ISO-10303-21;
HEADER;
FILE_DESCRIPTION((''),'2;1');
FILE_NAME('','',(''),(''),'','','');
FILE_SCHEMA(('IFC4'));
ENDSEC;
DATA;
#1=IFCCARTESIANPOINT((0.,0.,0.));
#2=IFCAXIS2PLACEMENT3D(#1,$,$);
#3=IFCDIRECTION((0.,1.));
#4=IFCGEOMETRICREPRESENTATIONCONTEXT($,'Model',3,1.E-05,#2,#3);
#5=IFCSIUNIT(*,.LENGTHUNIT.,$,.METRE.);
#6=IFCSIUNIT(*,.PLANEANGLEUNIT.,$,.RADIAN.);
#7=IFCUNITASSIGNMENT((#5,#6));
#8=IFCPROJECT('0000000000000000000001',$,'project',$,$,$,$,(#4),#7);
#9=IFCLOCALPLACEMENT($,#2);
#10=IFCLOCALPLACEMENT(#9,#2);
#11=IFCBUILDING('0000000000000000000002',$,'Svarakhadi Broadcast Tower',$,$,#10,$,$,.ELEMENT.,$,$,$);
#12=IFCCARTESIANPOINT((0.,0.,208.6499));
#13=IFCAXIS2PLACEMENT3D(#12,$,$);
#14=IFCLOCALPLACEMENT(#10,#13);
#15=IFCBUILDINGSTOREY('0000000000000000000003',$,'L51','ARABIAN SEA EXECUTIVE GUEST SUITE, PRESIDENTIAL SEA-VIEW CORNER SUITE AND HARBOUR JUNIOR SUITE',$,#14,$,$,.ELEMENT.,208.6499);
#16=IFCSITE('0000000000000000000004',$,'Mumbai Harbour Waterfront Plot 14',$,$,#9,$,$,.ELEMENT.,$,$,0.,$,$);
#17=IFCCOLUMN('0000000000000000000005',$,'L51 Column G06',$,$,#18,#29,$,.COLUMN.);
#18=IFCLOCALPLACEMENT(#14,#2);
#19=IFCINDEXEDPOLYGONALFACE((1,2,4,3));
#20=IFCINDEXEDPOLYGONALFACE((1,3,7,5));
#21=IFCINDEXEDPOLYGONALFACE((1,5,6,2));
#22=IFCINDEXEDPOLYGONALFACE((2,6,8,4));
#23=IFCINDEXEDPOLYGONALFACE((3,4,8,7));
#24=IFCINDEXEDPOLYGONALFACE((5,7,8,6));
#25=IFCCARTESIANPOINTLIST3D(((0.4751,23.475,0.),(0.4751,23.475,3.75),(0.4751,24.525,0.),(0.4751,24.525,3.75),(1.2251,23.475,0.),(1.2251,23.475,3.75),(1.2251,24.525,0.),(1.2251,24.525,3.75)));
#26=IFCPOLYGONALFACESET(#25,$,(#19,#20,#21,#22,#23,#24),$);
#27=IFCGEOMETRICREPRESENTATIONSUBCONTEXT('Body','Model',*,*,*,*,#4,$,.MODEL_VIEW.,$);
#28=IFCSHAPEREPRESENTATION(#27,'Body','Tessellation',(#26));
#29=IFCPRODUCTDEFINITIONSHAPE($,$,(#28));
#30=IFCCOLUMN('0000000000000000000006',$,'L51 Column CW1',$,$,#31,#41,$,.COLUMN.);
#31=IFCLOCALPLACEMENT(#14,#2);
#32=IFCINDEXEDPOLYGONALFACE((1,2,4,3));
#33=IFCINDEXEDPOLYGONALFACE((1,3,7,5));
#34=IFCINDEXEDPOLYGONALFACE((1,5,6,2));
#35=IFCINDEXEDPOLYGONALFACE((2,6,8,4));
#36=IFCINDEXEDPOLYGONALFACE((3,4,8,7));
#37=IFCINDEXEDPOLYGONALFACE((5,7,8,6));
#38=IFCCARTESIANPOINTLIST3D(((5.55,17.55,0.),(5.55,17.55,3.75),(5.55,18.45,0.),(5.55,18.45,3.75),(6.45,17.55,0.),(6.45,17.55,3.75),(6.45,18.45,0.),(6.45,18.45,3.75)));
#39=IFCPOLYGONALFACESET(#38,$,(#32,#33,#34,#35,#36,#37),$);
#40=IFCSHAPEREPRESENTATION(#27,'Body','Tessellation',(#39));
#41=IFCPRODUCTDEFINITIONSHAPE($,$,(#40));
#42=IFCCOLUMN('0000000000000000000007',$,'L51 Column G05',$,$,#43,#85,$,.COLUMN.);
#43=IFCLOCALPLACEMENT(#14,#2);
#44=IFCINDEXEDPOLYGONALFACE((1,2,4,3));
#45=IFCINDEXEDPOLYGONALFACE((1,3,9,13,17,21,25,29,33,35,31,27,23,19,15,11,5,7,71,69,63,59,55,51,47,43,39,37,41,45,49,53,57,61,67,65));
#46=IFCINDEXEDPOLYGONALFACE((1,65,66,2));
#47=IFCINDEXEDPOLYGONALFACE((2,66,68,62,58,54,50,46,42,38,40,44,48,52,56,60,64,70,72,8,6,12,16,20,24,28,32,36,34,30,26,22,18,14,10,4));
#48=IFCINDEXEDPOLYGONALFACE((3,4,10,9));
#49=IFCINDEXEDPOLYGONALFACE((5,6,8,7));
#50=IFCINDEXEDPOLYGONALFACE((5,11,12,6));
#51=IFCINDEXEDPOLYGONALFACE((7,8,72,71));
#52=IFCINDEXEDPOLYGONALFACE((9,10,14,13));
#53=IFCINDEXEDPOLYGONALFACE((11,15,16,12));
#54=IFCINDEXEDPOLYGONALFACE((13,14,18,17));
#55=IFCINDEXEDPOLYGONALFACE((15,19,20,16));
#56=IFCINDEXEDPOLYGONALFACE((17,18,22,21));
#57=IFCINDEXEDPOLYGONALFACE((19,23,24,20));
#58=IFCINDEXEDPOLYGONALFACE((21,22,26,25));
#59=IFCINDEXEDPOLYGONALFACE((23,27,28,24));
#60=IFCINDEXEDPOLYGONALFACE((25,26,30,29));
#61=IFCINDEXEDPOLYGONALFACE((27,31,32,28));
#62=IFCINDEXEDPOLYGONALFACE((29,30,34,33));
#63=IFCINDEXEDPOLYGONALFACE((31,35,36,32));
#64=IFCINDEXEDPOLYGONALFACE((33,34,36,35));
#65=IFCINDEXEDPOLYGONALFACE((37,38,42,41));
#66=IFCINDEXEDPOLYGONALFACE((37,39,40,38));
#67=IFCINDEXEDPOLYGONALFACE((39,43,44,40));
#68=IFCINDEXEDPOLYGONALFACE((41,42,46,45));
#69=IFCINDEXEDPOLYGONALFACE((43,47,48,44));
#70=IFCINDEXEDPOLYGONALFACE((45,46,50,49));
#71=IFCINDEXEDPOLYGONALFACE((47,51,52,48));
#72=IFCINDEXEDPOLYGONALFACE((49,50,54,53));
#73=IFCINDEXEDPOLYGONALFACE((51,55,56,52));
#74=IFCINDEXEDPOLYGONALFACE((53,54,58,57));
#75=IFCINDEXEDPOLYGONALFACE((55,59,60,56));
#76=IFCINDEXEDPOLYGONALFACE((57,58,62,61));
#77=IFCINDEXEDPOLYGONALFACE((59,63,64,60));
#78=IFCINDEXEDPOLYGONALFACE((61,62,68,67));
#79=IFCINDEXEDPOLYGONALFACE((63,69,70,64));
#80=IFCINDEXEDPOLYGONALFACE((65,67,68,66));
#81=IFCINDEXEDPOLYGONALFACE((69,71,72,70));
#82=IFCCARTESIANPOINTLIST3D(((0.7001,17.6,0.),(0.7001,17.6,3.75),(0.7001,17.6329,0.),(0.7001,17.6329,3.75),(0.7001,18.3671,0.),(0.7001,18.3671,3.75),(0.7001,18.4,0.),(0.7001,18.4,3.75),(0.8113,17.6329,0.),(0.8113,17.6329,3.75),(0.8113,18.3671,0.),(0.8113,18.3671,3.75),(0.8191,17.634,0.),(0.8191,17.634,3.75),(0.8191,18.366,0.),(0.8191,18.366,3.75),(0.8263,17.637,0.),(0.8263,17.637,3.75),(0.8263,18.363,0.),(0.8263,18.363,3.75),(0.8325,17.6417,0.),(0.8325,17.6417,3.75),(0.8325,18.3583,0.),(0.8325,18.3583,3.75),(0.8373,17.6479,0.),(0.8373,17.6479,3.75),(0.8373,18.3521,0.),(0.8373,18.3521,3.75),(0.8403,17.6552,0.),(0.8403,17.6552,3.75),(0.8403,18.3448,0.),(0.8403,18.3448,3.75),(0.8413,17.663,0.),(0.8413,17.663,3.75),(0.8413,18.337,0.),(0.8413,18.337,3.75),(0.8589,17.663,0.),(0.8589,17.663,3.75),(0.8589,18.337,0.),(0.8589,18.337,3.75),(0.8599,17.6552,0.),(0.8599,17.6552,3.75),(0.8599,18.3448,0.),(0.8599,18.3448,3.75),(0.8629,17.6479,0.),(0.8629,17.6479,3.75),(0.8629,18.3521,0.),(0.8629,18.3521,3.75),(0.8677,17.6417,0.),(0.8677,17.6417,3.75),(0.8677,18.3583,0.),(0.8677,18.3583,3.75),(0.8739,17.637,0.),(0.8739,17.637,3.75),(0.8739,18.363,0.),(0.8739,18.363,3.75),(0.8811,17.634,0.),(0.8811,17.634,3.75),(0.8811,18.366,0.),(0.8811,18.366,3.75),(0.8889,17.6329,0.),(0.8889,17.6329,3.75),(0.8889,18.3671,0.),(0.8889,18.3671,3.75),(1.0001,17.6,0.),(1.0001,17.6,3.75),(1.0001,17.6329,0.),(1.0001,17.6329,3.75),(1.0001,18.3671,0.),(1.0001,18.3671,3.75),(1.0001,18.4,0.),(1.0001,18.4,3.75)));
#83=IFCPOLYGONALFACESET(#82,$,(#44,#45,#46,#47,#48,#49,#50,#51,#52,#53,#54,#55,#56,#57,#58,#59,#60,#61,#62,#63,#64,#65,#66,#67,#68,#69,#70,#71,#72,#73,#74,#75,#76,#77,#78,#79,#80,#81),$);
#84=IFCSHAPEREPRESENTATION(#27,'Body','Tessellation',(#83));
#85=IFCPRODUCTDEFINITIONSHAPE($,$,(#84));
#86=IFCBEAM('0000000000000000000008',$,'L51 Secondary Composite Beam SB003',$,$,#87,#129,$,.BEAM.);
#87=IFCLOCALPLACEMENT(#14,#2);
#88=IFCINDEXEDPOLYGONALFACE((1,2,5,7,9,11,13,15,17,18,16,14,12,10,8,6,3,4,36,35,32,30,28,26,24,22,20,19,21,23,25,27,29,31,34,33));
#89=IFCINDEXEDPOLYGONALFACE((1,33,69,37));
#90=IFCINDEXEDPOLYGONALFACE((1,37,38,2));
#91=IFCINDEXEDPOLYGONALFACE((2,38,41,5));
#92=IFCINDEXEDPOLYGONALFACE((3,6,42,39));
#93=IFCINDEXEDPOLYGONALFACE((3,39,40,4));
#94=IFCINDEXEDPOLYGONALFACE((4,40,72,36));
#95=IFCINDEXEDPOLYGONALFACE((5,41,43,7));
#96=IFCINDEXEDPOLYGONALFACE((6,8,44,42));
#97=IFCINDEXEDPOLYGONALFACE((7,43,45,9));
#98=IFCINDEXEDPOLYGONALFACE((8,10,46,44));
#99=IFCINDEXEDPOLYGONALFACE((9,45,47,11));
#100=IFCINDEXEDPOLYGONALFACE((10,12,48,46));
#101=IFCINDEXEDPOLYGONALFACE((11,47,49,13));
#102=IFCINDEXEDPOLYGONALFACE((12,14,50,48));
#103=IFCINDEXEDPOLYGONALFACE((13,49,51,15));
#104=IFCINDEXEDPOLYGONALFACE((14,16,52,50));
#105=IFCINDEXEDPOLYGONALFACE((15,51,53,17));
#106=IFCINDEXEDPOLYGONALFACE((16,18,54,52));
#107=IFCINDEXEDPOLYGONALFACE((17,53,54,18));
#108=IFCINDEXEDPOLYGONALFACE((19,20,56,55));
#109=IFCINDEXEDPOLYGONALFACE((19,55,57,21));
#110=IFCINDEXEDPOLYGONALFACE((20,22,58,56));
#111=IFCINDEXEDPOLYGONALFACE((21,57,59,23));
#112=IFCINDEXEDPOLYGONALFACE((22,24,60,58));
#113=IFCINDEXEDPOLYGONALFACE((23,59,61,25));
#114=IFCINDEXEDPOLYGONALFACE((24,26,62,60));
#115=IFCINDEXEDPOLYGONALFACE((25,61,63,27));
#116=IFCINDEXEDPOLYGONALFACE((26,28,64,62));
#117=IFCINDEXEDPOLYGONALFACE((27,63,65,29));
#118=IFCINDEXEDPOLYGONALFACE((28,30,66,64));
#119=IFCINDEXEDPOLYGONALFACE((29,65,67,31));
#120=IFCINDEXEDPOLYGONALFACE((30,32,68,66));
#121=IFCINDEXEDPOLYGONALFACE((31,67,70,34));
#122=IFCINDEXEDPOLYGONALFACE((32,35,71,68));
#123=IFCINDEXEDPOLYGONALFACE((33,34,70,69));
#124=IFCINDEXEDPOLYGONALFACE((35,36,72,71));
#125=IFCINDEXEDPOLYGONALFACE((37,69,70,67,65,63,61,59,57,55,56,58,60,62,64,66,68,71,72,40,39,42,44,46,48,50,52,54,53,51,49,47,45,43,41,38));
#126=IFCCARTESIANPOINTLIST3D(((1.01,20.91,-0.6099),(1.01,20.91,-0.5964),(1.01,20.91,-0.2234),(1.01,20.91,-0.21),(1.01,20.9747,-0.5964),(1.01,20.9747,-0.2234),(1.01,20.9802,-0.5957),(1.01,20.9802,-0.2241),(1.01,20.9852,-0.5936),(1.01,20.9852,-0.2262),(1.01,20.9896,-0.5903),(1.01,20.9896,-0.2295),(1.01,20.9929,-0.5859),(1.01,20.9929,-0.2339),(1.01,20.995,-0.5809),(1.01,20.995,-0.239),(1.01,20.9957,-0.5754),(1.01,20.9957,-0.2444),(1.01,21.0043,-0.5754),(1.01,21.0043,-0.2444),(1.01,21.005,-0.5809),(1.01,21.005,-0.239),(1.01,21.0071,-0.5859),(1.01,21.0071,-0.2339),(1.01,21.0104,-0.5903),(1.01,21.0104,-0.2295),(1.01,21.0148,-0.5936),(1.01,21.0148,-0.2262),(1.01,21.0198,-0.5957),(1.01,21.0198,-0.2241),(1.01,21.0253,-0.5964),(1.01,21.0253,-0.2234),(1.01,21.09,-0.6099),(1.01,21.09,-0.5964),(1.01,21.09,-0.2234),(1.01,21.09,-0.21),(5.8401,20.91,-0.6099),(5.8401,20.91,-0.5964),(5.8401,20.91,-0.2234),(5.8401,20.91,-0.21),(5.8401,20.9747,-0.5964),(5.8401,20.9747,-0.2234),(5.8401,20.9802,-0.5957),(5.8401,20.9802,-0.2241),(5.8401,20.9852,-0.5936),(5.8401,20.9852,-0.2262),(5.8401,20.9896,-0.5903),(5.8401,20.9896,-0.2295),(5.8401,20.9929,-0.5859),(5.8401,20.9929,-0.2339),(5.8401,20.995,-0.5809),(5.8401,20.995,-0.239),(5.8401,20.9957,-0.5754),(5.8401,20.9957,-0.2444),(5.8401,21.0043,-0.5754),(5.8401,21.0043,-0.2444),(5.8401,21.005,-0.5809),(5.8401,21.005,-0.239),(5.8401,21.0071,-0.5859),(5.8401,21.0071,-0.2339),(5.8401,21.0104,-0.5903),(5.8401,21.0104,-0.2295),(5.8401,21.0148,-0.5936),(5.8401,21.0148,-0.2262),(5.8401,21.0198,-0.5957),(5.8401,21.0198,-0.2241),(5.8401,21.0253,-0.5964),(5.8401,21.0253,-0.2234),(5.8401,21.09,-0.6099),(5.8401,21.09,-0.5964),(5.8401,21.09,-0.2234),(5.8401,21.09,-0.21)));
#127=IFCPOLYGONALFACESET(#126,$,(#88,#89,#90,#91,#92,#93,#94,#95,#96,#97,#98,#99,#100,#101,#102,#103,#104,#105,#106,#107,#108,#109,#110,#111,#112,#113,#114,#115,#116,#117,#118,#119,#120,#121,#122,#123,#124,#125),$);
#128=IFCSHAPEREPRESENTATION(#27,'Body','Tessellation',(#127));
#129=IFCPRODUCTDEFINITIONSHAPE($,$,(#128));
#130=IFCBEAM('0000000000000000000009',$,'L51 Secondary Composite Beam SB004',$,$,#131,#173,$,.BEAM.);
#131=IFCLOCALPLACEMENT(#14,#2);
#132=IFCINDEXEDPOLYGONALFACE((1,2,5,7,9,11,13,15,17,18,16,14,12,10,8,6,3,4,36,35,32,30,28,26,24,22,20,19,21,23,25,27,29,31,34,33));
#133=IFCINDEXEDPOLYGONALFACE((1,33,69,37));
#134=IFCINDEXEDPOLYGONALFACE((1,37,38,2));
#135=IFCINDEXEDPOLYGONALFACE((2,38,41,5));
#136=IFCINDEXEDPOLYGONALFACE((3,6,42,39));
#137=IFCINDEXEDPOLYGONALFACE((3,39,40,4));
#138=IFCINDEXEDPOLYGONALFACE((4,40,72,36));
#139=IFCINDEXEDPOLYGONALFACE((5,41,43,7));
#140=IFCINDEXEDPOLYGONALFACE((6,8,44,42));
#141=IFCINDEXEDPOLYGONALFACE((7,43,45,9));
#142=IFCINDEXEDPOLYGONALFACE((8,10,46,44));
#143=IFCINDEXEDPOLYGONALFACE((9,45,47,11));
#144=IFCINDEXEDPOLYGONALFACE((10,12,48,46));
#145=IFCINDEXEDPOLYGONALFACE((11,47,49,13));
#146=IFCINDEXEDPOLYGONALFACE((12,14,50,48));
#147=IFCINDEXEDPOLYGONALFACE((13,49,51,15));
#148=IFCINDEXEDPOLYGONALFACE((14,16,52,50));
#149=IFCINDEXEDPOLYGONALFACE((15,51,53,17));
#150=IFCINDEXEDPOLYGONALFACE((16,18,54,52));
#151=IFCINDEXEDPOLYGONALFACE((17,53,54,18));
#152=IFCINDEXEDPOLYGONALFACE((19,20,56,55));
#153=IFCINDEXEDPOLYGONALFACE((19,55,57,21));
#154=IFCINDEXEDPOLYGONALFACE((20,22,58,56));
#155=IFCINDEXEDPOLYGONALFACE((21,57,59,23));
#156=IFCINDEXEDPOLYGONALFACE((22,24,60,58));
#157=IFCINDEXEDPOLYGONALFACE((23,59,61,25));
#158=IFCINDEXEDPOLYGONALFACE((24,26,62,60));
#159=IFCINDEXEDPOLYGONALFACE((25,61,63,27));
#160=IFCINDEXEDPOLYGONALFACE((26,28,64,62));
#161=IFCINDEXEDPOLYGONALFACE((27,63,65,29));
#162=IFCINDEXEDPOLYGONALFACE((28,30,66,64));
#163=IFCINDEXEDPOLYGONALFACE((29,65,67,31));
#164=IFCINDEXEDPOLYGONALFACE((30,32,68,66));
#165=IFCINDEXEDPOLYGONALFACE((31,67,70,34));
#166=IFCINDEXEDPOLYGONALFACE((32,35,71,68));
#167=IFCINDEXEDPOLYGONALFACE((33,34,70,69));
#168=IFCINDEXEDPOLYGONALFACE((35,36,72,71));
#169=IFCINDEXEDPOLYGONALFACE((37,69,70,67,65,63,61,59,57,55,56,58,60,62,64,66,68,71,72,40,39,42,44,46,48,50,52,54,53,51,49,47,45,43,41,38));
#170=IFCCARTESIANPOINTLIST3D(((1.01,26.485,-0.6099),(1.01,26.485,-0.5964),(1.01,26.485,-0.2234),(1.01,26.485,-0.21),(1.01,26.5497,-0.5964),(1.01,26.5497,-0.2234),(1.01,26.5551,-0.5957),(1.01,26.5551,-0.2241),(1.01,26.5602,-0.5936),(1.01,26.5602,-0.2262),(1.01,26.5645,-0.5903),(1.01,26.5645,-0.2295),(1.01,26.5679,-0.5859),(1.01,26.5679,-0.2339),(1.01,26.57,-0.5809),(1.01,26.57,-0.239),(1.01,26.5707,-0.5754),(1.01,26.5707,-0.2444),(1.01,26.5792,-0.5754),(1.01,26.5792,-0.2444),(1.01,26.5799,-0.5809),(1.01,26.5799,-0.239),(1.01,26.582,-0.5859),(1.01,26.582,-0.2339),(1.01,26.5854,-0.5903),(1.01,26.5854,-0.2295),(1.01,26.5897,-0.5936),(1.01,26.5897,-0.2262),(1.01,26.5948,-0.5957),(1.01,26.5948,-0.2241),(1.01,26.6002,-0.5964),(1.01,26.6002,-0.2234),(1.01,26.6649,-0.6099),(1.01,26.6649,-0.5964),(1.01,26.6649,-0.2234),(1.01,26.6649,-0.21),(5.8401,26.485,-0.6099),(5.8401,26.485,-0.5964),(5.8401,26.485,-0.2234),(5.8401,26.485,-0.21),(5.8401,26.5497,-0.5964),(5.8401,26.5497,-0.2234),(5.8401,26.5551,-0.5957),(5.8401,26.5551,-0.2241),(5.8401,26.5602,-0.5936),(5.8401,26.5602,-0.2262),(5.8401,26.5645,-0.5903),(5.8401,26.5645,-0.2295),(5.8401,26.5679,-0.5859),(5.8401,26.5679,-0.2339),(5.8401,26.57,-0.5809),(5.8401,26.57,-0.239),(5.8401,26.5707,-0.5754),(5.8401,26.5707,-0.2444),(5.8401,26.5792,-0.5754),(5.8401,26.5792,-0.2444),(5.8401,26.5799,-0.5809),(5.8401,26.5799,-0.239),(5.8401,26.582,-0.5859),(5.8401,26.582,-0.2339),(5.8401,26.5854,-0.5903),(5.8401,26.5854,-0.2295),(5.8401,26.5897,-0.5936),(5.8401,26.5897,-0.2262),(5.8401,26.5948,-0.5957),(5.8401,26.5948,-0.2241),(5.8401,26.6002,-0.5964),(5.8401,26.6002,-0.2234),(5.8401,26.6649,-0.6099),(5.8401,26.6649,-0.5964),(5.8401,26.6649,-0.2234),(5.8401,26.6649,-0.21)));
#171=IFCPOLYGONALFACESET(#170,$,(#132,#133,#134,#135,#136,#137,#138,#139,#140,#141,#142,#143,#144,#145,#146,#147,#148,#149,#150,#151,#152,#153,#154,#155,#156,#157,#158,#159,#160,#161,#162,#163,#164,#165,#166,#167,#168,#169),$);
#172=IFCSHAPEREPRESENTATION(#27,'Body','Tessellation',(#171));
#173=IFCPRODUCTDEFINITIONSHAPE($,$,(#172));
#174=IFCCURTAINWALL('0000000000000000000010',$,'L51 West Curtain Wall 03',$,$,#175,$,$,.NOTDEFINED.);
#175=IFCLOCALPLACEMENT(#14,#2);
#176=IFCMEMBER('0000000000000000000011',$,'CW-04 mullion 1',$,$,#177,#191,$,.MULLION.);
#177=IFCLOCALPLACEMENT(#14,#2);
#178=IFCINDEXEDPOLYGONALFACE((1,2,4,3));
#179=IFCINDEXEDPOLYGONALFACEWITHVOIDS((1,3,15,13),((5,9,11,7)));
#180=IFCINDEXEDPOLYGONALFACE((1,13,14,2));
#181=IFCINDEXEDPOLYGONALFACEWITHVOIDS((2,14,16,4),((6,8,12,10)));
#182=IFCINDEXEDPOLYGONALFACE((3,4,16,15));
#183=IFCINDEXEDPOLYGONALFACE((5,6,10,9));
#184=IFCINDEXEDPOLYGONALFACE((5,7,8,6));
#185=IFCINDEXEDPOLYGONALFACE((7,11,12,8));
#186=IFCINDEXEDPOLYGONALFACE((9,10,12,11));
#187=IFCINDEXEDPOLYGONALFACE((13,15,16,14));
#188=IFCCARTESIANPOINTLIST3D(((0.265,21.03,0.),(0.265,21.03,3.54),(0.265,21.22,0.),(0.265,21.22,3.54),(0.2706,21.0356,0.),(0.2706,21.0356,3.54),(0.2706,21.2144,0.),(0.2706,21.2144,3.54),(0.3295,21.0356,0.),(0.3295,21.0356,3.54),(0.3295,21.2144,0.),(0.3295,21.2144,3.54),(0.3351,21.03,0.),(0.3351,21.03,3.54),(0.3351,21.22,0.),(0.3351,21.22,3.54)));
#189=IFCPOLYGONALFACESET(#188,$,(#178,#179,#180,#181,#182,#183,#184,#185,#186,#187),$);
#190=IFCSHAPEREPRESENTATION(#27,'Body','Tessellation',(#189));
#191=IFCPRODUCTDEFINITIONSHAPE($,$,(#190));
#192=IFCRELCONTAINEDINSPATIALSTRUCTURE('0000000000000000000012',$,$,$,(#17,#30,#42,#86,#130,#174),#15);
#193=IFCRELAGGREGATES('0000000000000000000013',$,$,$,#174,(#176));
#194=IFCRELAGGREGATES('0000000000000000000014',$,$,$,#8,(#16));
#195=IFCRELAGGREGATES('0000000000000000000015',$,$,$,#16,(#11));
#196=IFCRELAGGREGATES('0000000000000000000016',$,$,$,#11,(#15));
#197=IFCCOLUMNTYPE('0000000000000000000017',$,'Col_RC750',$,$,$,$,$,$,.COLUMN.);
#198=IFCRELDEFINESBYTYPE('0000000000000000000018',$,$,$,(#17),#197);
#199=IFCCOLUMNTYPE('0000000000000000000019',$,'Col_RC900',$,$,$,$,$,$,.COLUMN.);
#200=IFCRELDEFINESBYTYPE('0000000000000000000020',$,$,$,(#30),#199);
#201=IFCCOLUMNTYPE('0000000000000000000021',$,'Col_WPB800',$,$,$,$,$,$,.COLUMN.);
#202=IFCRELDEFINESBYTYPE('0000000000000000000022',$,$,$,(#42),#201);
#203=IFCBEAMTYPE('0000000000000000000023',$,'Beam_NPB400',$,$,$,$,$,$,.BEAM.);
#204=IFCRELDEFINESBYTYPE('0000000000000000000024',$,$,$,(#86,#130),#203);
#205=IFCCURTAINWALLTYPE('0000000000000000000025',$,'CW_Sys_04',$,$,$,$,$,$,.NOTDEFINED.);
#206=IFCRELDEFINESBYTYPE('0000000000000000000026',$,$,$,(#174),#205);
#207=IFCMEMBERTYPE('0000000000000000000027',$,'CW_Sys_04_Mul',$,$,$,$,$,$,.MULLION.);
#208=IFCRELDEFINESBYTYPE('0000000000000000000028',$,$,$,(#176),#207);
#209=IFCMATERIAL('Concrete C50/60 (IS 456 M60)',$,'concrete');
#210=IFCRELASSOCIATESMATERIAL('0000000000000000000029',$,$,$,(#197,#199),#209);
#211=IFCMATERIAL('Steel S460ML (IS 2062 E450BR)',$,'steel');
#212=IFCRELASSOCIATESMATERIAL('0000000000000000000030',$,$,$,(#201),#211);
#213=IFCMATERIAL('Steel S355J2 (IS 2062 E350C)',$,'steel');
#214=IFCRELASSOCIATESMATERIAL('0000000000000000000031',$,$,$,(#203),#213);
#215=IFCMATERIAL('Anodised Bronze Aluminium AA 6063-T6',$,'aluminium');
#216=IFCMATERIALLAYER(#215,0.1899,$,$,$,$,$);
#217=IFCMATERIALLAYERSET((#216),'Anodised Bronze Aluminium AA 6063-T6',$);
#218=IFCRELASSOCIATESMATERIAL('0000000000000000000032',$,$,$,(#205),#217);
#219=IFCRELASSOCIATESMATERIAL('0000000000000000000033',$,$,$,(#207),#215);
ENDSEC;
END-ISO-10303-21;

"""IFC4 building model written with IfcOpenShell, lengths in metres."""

from ifc_helpers import new_model, si_unit, direction, frame, origin, origin_2d, place, context, subcontext, project, spatial, rectangle, hollow_rectangle, i_section, extrude, material, layer, layer_set, material_profile, profile_set, type_object, element, aggregate, save


model = new_model("IFC4")

# Units and contexts
model_context = context("Model", 3, precision=1e-05, world=origin(), true_north=direction((0.0, 1.0)))
body_context = subcontext(model_context, "Body", "Model", "MODEL_VIEW")
ifc_project = project(units=[si_unit("LENGTHUNIT", "METRE"), si_unit("PLANEANGLEUNIT", "RADIAN")], contexts=[model_context])

# Site, building, storey
site_placement = place(None, origin())
site = spatial("IfcSite", under=ifc_project, at=site_placement, Name="Mumbai Harbour Waterfront Plot 14", CompositionType="ELEMENT", RefElevation=0.0)
building_placement = place(site_placement, origin())
building = spatial("IfcBuilding", under=site, at=building_placement, Name="Svarakhadi Broadcast Tower", CompositionType="ELEMENT")
storey_placement = place(building_placement, frame((0.0, 0.0, 208.6499)))
storey = spatial("IfcBuildingStorey", under=building, at=storey_placement, Name="L51", Description="ARABIAN SEA EXECUTIVE GUEST SUITE, PRESIDENTIAL SEA-VIEW CORNER SUITE AND HARBOUR JUNIOR SUITE", CompositionType="ELEMENT", Elevation=208.6499)

# Columns
ifc_material_1 = material(Name="Concrete C50/60 (IS 456 M60)", Category="concrete")
ifc_material_profile_1 = material_profile(ifc_material_1, rectangle(XDim=0.75, YDim=1.05, at=origin_2d()), Name="RC 750x1050")
ifc_profile_set_1 = profile_set([ifc_material_profile_1], Name="Concrete C50/60 (IS 456 M60)")
column_type_1 = type_object("IfcColumnType", Name="Col_RC750", PredefinedType="COLUMN", material=ifc_profile_set_1)
column_1_placement = place(storey_placement, frame((0.8501, 24.0, 0.0), z_axis=(0.0, 0.0, 1.0), x_axis=(1.0, 0.0, 0.0)))
element("IfcColumn", 1, at=column_1_placement, inside=storey, type_object=column_type_1, Name="L51 Column G06", PredefinedType="COLUMN", context=body_context, shape_type="SweptSolid", body=[
    extrude(rectangle(XDim=0.75, YDim=1.05, at=origin_2d()), origin(), (0.0, 0.0, 1.0), 3.75),
])
ifc_material_profile_2 = material_profile(ifc_material_1, rectangle(XDim=0.8999, YDim=0.8999, at=origin_2d()), Name="RC 900x900")
ifc_profile_set_2 = profile_set([ifc_material_profile_2], Name="Concrete C50/60 (IS 456 M60)")
column_type_2 = type_object("IfcColumnType", Name="Col_RC900", PredefinedType="COLUMN", material=ifc_profile_set_2)
column_2_placement = place(storey_placement, frame((6.0, 18.0, 0.0), z_axis=(0.0, 0.0, 1.0), x_axis=(1.0, 0.0, 0.0)))
element("IfcColumn", 2, at=column_2_placement, inside=storey, type_object=column_type_2, Name="L51 Column CW1", PredefinedType="COLUMN", context=body_context, shape_type="SweptSolid", body=[
    extrude(rectangle(XDim=0.8999, YDim=0.8999, at=origin_2d()), origin(), (0.0, 0.0, 1.0), 3.75),
])
ifc_material_2 = material(Name="Steel S460ML (IS 2062 E450BR)", Category="steel")
ifc_material_profile_3 = material_profile(ifc_material_2, i_section(OverallWidth=0.3, OverallDepth=0.8, WebThickness=0.0176, FlangeThickness=0.033, FilletRadius=0.03, at=origin_2d()), Name="WPB 800x300x262")
ifc_profile_set_3 = profile_set([ifc_material_profile_3], Name="Steel S460ML (IS 2062 E450BR)")
column_type_3 = type_object("IfcColumnType", Name="Col_WPB800", PredefinedType="COLUMN", material=ifc_profile_set_3)
column_3_placement = place(storey_placement, frame((0.8501, 18.0, 0.0), z_axis=(0.0, 0.0, 1.0), x_axis=(1.0, 0.0, 0.0)))
element("IfcColumn", 3, at=column_3_placement, inside=storey, type_object=column_type_3, Name="L51 Column G05", PredefinedType="COLUMN", context=body_context, shape_type="SweptSolid", body=[
    extrude(i_section(OverallWidth=0.3, OverallDepth=0.8, WebThickness=0.0176, FlangeThickness=0.033, FilletRadius=0.03, at=origin_2d()), origin(), (0.0, 0.0, 1.0), 3.75),
])

# Beams
ifc_material_3 = material(Name="Steel S355J2 (IS 2062 E350C)", Category="steel")
ifc_material_profile_4 = material_profile(ifc_material_3, i_section(OverallWidth=0.1799, OverallDepth=0.3999, WebThickness=0.0085, FlangeThickness=0.0134, FilletRadius=0.021, at=origin_2d()), Name="NPB 400x180x66")
ifc_profile_set_4 = profile_set([ifc_material_profile_4], Name="Steel S355J2 (IS 2062 E350C)")
beam_type_1 = type_object("IfcBeamType", Name="Beam_NPB400", PredefinedType="BEAM", material=ifc_profile_set_4)
for number, where, z_axis, x_axis, name in (
    (4, (1.01, 21.0, -0.4099), (1.0, 0.0, 0.0), (0.0, 1.0, 0.0), "L51 Secondary Composite Beam SB003"),
    (5, (1.01, 26.575, -0.4099), (1.0, 0.0, 0.0), (0.0, 1.0, 0.0), "L51 Secondary Composite Beam SB004"),
):
    element("IfcBeam", number, at=place(storey_placement, frame(where, z_axis=z_axis, x_axis=x_axis)), inside=storey, type_object=beam_type_1, Name=name, PredefinedType="BEAM", context=body_context, shape_type="SweptSolid", body=[
        extrude(i_section(OverallWidth=0.1799, OverallDepth=0.3999, WebThickness=0.0085, FlangeThickness=0.0134, FilletRadius=0.021, at=origin_2d()), origin(), (0.0, 0.0, 1.0), 4.8301),
    ])

# Curtain wall, member
ifc_material_4 = material(Name="Anodised Bronze Aluminium AA 6063-T6", Category="aluminium")
ifc_layer_1 = layer(ifc_material_4, 0.1899)
ifc_layer_set_1 = layer_set([ifc_layer_1], Name="Anodised Bronze Aluminium AA 6063-T6")
curtain_wall_type = type_object("IfcCurtainWallType", Name="CW_Sys_04", PredefinedType="NOTDEFINED", material=ifc_layer_set_1)
curtain_wall_placement = place(storey_placement, origin())
curtain_wall = element("IfcCurtainWall", 6, at=curtain_wall_placement, inside=storey, type_object=curtain_wall_type, Name="L51 West Curtain Wall 03", PredefinedType="NOTDEFINED")
ifc_material_profile_5 = material_profile(ifc_material_4, hollow_rectangle(XDim=0.0701, YDim=0.1899, WallThickness=0.0056, at=origin_2d()), Name="ALU MULLION 190x70x6")
ifc_profile_set_5 = profile_set([ifc_material_profile_5], Name="Anodised Bronze Aluminium AA 6063-T6")
member_type_1 = type_object("IfcMemberType", Name="CW_Sys_04_Mul", PredefinedType="MULLION", material=ifc_profile_set_5)
member_1_placement = place(storey_placement, frame((0.3, 21.125, 0.0), z_axis=(0.0, 0.0, 1.0), x_axis=(-1.0, 0.0, 0.0)))
member_1 = element("IfcMember", 7, at=member_1_placement, type_object=member_type_1, Name="CW-04 mullion 1", PredefinedType="MULLION", context=body_context, shape_type="SweptSolid", body=[
    extrude(hollow_rectangle(XDim=0.0701, YDim=0.1899, WallThickness=0.0056, at=origin_2d()), origin(), (0.0, 0.0, 1.0), 3.54),
])

aggregate(curtain_wall, [member_1])

save(model, "model.ifc")
